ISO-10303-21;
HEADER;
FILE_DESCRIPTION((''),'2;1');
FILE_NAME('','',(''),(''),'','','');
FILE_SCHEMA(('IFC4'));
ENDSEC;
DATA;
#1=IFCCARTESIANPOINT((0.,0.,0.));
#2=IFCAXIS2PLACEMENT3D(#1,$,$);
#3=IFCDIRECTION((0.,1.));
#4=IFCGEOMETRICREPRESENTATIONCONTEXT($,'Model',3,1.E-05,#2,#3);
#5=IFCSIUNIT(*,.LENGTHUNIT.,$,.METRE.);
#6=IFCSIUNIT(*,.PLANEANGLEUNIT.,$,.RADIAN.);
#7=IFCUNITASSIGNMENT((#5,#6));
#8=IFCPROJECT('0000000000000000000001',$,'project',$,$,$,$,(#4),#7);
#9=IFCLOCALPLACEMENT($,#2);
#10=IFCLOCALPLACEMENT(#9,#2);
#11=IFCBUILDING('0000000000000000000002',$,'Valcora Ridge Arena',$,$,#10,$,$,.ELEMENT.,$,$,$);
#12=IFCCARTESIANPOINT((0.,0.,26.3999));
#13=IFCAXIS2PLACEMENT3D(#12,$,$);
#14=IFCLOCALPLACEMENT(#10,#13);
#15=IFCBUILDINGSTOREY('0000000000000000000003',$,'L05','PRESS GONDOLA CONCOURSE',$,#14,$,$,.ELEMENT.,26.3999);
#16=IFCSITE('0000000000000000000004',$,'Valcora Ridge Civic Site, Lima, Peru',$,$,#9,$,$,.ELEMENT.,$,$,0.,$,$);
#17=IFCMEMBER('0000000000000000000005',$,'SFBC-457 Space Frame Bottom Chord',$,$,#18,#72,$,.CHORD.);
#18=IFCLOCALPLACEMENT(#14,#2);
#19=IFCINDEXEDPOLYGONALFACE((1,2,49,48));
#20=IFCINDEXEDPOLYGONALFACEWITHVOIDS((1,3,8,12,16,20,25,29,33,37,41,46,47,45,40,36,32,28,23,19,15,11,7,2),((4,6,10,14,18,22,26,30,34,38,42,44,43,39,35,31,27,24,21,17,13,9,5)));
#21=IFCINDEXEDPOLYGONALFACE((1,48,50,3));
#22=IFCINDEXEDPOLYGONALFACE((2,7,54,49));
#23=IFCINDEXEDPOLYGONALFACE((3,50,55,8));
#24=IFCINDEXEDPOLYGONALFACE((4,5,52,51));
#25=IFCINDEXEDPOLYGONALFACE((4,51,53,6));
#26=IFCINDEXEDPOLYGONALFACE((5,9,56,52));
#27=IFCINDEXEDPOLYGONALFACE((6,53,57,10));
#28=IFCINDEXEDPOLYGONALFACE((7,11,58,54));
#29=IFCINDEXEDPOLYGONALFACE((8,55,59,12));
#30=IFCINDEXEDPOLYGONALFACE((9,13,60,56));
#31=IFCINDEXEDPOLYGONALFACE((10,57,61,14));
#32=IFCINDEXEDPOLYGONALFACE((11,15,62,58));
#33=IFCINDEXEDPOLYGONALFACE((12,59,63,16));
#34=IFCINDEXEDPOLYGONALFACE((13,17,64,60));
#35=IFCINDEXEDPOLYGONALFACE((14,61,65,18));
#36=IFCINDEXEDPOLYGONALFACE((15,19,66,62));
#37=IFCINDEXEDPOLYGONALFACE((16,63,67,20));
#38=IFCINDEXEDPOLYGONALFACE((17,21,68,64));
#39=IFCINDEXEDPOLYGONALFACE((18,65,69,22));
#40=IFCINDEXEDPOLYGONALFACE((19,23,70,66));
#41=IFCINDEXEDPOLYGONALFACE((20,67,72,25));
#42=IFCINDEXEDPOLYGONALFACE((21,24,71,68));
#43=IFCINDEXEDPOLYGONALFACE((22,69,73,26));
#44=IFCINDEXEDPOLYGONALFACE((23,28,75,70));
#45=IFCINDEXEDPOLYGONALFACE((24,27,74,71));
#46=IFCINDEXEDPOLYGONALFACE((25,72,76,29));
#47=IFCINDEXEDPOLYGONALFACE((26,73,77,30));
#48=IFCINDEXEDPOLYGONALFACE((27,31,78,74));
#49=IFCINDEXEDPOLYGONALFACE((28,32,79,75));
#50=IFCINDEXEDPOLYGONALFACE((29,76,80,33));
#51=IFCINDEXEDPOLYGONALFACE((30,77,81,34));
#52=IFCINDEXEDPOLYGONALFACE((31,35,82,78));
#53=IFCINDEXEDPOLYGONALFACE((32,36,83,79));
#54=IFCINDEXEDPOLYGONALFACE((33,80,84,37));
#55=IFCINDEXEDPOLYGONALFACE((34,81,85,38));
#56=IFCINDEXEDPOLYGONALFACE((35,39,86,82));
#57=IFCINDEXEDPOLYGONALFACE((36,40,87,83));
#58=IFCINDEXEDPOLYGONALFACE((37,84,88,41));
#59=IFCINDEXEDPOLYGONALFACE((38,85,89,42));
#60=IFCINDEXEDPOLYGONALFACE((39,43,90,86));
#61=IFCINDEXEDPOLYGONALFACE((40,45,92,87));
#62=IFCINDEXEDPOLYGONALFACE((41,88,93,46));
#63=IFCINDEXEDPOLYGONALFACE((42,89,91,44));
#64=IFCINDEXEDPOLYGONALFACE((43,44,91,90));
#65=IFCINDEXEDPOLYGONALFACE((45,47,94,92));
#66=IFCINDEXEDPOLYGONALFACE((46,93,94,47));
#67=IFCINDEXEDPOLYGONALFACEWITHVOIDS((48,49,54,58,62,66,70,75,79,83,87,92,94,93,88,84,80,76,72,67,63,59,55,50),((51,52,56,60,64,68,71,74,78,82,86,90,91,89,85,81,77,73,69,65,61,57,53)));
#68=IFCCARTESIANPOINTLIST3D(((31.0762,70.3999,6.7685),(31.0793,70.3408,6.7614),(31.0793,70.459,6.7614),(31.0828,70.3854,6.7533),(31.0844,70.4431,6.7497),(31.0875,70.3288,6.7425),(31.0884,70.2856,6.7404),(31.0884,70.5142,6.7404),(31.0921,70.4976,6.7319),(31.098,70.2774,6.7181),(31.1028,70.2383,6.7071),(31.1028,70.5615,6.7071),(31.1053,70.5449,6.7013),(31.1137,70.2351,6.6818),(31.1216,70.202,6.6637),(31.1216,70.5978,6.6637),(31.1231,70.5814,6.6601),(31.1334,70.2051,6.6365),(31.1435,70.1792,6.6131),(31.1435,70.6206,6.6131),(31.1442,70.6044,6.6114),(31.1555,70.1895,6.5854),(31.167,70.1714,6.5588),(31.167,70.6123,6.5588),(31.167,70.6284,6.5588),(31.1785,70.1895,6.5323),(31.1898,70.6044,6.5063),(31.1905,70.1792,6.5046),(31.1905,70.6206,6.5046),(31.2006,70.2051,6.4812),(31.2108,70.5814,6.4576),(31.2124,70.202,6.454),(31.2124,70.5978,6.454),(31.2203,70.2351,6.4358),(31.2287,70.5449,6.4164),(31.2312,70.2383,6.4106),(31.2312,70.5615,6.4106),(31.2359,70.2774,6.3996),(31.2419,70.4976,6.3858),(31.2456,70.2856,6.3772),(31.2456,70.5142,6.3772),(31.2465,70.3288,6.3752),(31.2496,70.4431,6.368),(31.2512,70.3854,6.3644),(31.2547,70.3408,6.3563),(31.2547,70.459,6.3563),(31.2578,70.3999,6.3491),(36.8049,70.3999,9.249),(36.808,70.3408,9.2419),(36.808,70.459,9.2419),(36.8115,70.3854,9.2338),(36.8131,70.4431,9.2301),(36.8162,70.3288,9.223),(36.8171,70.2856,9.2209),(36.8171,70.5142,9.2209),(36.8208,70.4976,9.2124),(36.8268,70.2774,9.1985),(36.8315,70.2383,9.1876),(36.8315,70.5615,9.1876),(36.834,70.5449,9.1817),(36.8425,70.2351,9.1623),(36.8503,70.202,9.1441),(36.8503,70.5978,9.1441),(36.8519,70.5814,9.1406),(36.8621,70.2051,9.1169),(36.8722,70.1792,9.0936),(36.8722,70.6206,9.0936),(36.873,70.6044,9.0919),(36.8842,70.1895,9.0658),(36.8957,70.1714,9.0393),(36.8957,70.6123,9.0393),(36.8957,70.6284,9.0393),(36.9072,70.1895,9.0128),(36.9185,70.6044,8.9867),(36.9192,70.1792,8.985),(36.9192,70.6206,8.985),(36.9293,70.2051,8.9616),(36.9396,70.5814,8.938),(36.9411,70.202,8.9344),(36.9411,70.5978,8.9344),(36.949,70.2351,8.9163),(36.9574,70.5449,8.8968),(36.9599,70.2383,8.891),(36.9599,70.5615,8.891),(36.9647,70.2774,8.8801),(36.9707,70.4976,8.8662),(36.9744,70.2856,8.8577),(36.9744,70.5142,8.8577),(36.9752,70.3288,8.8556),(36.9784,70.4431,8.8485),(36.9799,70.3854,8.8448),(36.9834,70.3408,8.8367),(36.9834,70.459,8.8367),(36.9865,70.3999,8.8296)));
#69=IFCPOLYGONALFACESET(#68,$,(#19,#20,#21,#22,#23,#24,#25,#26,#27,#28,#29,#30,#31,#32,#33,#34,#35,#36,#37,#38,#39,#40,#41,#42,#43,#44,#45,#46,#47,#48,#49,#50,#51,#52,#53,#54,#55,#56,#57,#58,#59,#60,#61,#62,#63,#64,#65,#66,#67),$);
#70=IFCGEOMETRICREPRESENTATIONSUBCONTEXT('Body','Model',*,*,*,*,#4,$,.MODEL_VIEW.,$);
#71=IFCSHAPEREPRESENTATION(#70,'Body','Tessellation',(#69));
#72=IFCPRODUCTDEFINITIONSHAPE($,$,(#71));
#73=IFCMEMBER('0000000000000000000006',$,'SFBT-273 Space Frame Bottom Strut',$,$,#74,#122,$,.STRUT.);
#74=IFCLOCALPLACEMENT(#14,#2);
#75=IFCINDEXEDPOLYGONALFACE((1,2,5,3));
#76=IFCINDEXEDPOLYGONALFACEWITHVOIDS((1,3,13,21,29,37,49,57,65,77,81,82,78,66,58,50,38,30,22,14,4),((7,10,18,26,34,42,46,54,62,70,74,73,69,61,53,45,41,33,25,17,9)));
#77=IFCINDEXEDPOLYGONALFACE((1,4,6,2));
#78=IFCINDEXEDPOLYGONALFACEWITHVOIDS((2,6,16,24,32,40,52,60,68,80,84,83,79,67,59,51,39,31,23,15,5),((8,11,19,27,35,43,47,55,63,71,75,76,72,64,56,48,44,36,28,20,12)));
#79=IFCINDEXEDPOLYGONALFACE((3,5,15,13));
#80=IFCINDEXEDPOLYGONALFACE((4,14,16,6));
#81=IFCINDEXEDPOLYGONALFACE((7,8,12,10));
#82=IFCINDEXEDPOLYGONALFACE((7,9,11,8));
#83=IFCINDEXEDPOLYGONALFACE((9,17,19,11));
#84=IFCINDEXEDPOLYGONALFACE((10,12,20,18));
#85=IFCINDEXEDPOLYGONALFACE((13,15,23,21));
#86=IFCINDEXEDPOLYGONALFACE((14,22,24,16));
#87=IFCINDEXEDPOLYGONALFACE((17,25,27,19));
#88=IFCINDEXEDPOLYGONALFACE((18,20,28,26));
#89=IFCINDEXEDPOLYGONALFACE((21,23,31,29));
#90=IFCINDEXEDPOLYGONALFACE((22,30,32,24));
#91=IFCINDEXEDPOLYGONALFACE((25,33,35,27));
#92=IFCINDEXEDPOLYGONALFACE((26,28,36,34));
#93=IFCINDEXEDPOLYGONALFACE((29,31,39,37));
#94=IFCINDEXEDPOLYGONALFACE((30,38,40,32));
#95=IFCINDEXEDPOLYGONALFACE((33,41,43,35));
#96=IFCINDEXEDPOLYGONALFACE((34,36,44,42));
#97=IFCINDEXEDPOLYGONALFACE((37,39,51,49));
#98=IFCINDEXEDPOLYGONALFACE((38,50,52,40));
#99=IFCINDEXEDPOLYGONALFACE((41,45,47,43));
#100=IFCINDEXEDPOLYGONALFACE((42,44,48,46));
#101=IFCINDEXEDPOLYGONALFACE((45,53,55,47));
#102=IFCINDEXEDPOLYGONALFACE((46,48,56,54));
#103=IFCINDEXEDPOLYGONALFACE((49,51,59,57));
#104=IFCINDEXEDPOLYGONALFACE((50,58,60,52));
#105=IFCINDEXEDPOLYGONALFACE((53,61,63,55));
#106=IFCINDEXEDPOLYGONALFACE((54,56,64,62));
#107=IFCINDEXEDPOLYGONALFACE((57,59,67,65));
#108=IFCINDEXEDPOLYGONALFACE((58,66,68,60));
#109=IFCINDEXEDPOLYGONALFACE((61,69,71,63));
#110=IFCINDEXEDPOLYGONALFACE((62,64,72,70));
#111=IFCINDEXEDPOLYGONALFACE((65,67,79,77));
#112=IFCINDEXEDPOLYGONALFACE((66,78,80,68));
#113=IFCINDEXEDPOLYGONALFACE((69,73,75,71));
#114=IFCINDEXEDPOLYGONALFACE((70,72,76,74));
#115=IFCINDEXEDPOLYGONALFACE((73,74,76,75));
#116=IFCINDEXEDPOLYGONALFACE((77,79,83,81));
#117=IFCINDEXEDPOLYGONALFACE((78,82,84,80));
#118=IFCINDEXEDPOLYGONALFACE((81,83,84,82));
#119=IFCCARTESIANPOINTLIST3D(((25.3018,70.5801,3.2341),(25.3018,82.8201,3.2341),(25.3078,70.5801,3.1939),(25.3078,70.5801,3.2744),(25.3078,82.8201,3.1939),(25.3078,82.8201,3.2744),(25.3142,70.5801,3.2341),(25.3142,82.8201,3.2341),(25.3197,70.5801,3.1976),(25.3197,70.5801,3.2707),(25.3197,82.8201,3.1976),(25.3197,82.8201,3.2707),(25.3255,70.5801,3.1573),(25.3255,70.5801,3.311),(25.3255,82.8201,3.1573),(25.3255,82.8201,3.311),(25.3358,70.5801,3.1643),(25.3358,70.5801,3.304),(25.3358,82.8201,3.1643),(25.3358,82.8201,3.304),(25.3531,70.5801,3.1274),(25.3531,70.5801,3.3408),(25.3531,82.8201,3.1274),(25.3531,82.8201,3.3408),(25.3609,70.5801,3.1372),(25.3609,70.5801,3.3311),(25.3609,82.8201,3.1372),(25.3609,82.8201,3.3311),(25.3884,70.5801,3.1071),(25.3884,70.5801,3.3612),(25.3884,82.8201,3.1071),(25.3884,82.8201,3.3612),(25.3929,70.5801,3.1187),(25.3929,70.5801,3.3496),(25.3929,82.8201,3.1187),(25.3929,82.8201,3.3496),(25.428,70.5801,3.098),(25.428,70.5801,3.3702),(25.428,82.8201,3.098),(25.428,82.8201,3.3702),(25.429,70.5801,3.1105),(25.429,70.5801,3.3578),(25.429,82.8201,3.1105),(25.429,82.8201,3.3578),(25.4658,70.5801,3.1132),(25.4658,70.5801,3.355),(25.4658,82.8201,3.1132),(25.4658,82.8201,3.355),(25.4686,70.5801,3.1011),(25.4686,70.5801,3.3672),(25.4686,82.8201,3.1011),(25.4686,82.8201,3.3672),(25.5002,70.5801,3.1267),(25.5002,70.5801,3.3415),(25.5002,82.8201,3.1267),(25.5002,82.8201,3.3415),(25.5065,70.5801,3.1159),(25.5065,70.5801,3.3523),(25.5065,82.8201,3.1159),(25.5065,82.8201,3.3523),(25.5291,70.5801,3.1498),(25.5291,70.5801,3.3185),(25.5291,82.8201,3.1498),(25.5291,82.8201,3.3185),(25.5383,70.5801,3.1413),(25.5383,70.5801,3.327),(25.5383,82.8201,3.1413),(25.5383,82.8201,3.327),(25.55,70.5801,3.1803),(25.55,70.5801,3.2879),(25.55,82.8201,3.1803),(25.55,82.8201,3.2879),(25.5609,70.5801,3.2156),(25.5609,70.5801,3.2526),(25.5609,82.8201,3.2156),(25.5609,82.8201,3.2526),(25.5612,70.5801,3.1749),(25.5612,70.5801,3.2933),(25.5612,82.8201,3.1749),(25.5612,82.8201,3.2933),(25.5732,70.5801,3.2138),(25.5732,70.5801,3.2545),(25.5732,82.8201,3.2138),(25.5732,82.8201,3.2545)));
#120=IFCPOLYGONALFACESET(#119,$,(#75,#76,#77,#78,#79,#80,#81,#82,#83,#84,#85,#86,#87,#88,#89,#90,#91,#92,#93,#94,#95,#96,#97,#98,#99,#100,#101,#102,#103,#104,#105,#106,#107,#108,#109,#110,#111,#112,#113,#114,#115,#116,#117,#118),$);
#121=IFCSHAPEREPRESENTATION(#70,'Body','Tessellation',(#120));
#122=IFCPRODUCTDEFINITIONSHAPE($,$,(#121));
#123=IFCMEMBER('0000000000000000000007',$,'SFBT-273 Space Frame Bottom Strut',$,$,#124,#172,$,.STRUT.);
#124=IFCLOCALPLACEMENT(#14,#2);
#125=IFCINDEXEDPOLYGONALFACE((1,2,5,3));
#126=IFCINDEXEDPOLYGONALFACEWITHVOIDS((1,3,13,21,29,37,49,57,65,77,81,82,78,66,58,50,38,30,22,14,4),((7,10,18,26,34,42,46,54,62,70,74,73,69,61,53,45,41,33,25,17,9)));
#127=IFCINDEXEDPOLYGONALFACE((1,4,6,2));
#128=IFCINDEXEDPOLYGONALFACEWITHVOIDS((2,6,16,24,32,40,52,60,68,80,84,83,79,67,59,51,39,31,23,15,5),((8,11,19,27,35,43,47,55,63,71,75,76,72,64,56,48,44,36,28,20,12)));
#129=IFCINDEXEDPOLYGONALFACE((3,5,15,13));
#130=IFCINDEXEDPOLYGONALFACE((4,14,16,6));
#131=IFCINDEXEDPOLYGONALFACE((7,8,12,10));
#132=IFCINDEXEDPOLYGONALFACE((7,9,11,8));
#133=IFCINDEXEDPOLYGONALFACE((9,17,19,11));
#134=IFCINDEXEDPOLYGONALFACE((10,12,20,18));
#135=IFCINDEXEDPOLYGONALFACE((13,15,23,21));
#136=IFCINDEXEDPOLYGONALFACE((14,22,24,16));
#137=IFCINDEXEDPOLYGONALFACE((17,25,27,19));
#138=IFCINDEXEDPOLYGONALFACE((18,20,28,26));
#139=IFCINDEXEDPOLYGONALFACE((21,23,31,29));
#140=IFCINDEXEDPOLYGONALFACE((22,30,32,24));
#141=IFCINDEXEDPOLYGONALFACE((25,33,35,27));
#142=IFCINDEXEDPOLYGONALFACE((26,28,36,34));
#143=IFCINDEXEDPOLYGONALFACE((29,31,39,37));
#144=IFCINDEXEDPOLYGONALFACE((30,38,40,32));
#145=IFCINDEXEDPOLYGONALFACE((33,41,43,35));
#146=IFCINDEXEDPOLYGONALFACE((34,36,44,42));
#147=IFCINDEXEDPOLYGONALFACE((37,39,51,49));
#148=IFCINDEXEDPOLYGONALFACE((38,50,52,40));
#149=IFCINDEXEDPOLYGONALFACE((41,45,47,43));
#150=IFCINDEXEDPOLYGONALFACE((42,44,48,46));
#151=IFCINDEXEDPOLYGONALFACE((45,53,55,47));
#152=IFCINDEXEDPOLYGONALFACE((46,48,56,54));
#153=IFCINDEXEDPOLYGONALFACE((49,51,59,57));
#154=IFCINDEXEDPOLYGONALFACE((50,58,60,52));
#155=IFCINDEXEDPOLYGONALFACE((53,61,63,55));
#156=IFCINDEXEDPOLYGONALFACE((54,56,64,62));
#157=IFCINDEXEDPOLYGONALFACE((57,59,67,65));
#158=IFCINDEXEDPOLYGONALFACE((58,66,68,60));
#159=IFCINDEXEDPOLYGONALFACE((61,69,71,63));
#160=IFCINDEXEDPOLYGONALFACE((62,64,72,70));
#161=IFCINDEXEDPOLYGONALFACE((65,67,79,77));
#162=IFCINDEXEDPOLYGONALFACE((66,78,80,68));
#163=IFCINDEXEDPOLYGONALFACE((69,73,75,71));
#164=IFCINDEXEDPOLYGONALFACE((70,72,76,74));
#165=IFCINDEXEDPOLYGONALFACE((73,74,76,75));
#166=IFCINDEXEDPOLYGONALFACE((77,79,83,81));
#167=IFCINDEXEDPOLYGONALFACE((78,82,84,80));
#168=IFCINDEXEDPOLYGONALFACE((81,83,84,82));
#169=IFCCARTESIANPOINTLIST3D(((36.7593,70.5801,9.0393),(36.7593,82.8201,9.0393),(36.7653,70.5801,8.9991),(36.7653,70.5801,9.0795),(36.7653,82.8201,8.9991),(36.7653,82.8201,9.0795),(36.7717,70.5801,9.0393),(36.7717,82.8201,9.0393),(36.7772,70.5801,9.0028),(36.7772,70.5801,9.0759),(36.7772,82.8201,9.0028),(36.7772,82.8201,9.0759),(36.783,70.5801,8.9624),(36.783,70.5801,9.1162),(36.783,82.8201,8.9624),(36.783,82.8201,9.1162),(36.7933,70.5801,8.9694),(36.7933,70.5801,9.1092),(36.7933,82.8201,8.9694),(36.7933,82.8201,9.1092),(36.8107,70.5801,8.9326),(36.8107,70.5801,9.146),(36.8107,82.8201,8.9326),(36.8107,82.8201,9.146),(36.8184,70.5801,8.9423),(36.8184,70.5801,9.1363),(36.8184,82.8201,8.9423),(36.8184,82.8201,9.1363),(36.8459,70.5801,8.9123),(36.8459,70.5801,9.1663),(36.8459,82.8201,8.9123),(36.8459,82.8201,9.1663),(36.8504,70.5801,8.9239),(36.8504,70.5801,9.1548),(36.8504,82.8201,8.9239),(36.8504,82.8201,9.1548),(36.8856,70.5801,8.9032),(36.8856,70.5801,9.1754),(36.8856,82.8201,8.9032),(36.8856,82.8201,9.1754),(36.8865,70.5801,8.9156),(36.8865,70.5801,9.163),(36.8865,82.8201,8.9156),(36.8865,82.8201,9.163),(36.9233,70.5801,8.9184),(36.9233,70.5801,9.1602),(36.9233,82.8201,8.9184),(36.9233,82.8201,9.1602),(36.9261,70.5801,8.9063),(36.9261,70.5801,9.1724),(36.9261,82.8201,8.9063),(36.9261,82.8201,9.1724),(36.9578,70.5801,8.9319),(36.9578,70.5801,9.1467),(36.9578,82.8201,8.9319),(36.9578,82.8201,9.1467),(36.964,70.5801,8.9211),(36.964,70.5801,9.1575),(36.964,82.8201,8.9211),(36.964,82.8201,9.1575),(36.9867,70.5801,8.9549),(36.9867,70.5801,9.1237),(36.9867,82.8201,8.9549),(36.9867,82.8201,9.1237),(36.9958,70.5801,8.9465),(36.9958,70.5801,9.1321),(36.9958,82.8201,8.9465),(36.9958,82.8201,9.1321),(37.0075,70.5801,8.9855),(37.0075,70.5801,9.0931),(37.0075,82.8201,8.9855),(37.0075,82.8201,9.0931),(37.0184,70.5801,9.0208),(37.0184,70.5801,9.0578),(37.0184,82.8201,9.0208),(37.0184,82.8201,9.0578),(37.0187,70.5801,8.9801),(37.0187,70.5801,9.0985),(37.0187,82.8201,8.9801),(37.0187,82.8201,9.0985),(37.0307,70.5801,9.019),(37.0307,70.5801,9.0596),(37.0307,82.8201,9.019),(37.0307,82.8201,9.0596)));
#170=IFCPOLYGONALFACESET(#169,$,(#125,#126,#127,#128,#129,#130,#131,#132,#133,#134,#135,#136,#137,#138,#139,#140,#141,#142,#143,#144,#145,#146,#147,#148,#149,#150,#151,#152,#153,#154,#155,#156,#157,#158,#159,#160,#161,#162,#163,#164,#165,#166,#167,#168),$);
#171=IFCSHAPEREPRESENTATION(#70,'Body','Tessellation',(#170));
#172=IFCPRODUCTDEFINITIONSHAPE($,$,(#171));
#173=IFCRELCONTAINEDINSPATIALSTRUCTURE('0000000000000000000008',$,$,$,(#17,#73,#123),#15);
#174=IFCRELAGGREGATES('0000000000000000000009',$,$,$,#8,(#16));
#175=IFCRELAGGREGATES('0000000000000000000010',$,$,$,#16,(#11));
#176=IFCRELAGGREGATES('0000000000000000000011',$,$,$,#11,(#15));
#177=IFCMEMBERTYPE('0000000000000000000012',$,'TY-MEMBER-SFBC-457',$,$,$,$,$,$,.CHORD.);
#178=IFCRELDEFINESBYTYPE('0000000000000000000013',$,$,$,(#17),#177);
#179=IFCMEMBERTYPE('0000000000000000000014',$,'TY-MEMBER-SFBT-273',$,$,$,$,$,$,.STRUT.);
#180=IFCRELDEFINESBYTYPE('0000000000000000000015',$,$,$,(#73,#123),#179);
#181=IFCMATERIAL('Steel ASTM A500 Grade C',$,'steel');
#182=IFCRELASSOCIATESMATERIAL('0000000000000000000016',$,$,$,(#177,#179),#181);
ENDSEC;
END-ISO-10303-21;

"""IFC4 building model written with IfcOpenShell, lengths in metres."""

from ifc_helpers import new_model, si_unit, direction, frame, origin, origin_2d, place, context, subcontext, project, spatial, hollow_circle, extrude, material, material_profile, profile_set, type_object, element, save


model = new_model("IFC4")

# Units and contexts
model_context = context("Model", 3, precision=1e-05, world=origin(), true_north=direction((0.0, 1.0)))
body_context = subcontext(model_context, "Body", "Model", "MODEL_VIEW")
ifc_project = project(units=[si_unit("LENGTHUNIT", "METRE"), si_unit("PLANEANGLEUNIT", "RADIAN")], contexts=[model_context])

# Site, building, storey
site_placement = place(None, origin())
site = spatial("IfcSite", under=ifc_project, at=site_placement, Name="Valcora Ridge Civic Site, Lima, Peru", CompositionType="ELEMENT", RefElevation=0.0)
building_placement = place(site_placement, origin())
building = spatial("IfcBuilding", under=site, at=building_placement, Name="Valcora Ridge Arena", CompositionType="ELEMENT")
storey_placement = place(building_placement, frame((0.0, 0.0, 26.3999)))
storey = spatial("IfcBuildingStorey", under=building, at=storey_placement, Name="L05", Description="PRESS GONDOLA CONCOURSE", CompositionType="ELEMENT", Elevation=26.3999)

# Members
ifc_material_1 = material(Name="Steel ASTM A500 Grade C", Category="steel")
ifc_material_profile_1 = material_profile(ifc_material_1, hollow_circle(Radius=0.2285, WallThickness=0.0161, at=origin_2d()), Name="CHS457X16")
ifc_profile_set_1 = profile_set([ifc_material_profile_1], Name="Steel ASTM A500 Grade C")
member_type_1 = type_object("IfcMemberType", Name="TY-MEMBER-SFBC-457", PredefinedType="CHORD", material=ifc_profile_set_1)
member_1_placement = place(storey_placement, frame((31.167, 70.3999, 6.5588), z_axis=(0.917672, 0.0, 0.397339), x_axis=(0.0, 1.0, 0.0)))
element("IfcMember", 1, at=member_1_placement, inside=storey, type_object=member_type_1, Name="SFBC-457 Space Frame Bottom Chord", PredefinedType="CHORD", context=body_context, shape_type="SweptSolid", body=[
    extrude(hollow_circle(Radius=0.2285, WallThickness=0.0161, at=origin_2d()), origin(), (0.0, 0.0, 1.0), 6.2427),
])
ifc_material_profile_2 = material_profile(ifc_material_1, hollow_circle(Radius=0.1365, WallThickness=0.0125, at=origin_2d()), Name="CHS273X12")
ifc_profile_set_2 = profile_set([ifc_material_profile_2], Name="Steel ASTM A500 Grade C")
member_type_2 = type_object("IfcMemberType", Name="TY-MEMBER-SFBT-273", PredefinedType="STRUT", material=ifc_profile_set_2)
for number, where, z_axis, x_axis, name in (
    (2, (25.4382, 70.5801, 3.2341), (0.0, 1.0, 0.0), (-1.0, 0.0, 0.0), "SFBT-273 Space Frame Bottom Strut"),
    (3, (36.8958, 70.5801, 9.0393), (0.0, 1.0, 0.0), (-1.0, 0.0, 0.0), "SFBT-273 Space Frame Bottom Strut"),
):
    element("IfcMember", number, at=place(storey_placement, frame(where, z_axis=z_axis, x_axis=x_axis)), inside=storey, type_object=member_type_2, Name=name, PredefinedType="STRUT", context=body_context, shape_type="SweptSolid", body=[
        extrude(hollow_circle(Radius=0.1365, WallThickness=0.0125, at=origin_2d()), origin(), (0.0, 0.0, 1.0), 12.24),
    ])

save(model, "model.ifc")
